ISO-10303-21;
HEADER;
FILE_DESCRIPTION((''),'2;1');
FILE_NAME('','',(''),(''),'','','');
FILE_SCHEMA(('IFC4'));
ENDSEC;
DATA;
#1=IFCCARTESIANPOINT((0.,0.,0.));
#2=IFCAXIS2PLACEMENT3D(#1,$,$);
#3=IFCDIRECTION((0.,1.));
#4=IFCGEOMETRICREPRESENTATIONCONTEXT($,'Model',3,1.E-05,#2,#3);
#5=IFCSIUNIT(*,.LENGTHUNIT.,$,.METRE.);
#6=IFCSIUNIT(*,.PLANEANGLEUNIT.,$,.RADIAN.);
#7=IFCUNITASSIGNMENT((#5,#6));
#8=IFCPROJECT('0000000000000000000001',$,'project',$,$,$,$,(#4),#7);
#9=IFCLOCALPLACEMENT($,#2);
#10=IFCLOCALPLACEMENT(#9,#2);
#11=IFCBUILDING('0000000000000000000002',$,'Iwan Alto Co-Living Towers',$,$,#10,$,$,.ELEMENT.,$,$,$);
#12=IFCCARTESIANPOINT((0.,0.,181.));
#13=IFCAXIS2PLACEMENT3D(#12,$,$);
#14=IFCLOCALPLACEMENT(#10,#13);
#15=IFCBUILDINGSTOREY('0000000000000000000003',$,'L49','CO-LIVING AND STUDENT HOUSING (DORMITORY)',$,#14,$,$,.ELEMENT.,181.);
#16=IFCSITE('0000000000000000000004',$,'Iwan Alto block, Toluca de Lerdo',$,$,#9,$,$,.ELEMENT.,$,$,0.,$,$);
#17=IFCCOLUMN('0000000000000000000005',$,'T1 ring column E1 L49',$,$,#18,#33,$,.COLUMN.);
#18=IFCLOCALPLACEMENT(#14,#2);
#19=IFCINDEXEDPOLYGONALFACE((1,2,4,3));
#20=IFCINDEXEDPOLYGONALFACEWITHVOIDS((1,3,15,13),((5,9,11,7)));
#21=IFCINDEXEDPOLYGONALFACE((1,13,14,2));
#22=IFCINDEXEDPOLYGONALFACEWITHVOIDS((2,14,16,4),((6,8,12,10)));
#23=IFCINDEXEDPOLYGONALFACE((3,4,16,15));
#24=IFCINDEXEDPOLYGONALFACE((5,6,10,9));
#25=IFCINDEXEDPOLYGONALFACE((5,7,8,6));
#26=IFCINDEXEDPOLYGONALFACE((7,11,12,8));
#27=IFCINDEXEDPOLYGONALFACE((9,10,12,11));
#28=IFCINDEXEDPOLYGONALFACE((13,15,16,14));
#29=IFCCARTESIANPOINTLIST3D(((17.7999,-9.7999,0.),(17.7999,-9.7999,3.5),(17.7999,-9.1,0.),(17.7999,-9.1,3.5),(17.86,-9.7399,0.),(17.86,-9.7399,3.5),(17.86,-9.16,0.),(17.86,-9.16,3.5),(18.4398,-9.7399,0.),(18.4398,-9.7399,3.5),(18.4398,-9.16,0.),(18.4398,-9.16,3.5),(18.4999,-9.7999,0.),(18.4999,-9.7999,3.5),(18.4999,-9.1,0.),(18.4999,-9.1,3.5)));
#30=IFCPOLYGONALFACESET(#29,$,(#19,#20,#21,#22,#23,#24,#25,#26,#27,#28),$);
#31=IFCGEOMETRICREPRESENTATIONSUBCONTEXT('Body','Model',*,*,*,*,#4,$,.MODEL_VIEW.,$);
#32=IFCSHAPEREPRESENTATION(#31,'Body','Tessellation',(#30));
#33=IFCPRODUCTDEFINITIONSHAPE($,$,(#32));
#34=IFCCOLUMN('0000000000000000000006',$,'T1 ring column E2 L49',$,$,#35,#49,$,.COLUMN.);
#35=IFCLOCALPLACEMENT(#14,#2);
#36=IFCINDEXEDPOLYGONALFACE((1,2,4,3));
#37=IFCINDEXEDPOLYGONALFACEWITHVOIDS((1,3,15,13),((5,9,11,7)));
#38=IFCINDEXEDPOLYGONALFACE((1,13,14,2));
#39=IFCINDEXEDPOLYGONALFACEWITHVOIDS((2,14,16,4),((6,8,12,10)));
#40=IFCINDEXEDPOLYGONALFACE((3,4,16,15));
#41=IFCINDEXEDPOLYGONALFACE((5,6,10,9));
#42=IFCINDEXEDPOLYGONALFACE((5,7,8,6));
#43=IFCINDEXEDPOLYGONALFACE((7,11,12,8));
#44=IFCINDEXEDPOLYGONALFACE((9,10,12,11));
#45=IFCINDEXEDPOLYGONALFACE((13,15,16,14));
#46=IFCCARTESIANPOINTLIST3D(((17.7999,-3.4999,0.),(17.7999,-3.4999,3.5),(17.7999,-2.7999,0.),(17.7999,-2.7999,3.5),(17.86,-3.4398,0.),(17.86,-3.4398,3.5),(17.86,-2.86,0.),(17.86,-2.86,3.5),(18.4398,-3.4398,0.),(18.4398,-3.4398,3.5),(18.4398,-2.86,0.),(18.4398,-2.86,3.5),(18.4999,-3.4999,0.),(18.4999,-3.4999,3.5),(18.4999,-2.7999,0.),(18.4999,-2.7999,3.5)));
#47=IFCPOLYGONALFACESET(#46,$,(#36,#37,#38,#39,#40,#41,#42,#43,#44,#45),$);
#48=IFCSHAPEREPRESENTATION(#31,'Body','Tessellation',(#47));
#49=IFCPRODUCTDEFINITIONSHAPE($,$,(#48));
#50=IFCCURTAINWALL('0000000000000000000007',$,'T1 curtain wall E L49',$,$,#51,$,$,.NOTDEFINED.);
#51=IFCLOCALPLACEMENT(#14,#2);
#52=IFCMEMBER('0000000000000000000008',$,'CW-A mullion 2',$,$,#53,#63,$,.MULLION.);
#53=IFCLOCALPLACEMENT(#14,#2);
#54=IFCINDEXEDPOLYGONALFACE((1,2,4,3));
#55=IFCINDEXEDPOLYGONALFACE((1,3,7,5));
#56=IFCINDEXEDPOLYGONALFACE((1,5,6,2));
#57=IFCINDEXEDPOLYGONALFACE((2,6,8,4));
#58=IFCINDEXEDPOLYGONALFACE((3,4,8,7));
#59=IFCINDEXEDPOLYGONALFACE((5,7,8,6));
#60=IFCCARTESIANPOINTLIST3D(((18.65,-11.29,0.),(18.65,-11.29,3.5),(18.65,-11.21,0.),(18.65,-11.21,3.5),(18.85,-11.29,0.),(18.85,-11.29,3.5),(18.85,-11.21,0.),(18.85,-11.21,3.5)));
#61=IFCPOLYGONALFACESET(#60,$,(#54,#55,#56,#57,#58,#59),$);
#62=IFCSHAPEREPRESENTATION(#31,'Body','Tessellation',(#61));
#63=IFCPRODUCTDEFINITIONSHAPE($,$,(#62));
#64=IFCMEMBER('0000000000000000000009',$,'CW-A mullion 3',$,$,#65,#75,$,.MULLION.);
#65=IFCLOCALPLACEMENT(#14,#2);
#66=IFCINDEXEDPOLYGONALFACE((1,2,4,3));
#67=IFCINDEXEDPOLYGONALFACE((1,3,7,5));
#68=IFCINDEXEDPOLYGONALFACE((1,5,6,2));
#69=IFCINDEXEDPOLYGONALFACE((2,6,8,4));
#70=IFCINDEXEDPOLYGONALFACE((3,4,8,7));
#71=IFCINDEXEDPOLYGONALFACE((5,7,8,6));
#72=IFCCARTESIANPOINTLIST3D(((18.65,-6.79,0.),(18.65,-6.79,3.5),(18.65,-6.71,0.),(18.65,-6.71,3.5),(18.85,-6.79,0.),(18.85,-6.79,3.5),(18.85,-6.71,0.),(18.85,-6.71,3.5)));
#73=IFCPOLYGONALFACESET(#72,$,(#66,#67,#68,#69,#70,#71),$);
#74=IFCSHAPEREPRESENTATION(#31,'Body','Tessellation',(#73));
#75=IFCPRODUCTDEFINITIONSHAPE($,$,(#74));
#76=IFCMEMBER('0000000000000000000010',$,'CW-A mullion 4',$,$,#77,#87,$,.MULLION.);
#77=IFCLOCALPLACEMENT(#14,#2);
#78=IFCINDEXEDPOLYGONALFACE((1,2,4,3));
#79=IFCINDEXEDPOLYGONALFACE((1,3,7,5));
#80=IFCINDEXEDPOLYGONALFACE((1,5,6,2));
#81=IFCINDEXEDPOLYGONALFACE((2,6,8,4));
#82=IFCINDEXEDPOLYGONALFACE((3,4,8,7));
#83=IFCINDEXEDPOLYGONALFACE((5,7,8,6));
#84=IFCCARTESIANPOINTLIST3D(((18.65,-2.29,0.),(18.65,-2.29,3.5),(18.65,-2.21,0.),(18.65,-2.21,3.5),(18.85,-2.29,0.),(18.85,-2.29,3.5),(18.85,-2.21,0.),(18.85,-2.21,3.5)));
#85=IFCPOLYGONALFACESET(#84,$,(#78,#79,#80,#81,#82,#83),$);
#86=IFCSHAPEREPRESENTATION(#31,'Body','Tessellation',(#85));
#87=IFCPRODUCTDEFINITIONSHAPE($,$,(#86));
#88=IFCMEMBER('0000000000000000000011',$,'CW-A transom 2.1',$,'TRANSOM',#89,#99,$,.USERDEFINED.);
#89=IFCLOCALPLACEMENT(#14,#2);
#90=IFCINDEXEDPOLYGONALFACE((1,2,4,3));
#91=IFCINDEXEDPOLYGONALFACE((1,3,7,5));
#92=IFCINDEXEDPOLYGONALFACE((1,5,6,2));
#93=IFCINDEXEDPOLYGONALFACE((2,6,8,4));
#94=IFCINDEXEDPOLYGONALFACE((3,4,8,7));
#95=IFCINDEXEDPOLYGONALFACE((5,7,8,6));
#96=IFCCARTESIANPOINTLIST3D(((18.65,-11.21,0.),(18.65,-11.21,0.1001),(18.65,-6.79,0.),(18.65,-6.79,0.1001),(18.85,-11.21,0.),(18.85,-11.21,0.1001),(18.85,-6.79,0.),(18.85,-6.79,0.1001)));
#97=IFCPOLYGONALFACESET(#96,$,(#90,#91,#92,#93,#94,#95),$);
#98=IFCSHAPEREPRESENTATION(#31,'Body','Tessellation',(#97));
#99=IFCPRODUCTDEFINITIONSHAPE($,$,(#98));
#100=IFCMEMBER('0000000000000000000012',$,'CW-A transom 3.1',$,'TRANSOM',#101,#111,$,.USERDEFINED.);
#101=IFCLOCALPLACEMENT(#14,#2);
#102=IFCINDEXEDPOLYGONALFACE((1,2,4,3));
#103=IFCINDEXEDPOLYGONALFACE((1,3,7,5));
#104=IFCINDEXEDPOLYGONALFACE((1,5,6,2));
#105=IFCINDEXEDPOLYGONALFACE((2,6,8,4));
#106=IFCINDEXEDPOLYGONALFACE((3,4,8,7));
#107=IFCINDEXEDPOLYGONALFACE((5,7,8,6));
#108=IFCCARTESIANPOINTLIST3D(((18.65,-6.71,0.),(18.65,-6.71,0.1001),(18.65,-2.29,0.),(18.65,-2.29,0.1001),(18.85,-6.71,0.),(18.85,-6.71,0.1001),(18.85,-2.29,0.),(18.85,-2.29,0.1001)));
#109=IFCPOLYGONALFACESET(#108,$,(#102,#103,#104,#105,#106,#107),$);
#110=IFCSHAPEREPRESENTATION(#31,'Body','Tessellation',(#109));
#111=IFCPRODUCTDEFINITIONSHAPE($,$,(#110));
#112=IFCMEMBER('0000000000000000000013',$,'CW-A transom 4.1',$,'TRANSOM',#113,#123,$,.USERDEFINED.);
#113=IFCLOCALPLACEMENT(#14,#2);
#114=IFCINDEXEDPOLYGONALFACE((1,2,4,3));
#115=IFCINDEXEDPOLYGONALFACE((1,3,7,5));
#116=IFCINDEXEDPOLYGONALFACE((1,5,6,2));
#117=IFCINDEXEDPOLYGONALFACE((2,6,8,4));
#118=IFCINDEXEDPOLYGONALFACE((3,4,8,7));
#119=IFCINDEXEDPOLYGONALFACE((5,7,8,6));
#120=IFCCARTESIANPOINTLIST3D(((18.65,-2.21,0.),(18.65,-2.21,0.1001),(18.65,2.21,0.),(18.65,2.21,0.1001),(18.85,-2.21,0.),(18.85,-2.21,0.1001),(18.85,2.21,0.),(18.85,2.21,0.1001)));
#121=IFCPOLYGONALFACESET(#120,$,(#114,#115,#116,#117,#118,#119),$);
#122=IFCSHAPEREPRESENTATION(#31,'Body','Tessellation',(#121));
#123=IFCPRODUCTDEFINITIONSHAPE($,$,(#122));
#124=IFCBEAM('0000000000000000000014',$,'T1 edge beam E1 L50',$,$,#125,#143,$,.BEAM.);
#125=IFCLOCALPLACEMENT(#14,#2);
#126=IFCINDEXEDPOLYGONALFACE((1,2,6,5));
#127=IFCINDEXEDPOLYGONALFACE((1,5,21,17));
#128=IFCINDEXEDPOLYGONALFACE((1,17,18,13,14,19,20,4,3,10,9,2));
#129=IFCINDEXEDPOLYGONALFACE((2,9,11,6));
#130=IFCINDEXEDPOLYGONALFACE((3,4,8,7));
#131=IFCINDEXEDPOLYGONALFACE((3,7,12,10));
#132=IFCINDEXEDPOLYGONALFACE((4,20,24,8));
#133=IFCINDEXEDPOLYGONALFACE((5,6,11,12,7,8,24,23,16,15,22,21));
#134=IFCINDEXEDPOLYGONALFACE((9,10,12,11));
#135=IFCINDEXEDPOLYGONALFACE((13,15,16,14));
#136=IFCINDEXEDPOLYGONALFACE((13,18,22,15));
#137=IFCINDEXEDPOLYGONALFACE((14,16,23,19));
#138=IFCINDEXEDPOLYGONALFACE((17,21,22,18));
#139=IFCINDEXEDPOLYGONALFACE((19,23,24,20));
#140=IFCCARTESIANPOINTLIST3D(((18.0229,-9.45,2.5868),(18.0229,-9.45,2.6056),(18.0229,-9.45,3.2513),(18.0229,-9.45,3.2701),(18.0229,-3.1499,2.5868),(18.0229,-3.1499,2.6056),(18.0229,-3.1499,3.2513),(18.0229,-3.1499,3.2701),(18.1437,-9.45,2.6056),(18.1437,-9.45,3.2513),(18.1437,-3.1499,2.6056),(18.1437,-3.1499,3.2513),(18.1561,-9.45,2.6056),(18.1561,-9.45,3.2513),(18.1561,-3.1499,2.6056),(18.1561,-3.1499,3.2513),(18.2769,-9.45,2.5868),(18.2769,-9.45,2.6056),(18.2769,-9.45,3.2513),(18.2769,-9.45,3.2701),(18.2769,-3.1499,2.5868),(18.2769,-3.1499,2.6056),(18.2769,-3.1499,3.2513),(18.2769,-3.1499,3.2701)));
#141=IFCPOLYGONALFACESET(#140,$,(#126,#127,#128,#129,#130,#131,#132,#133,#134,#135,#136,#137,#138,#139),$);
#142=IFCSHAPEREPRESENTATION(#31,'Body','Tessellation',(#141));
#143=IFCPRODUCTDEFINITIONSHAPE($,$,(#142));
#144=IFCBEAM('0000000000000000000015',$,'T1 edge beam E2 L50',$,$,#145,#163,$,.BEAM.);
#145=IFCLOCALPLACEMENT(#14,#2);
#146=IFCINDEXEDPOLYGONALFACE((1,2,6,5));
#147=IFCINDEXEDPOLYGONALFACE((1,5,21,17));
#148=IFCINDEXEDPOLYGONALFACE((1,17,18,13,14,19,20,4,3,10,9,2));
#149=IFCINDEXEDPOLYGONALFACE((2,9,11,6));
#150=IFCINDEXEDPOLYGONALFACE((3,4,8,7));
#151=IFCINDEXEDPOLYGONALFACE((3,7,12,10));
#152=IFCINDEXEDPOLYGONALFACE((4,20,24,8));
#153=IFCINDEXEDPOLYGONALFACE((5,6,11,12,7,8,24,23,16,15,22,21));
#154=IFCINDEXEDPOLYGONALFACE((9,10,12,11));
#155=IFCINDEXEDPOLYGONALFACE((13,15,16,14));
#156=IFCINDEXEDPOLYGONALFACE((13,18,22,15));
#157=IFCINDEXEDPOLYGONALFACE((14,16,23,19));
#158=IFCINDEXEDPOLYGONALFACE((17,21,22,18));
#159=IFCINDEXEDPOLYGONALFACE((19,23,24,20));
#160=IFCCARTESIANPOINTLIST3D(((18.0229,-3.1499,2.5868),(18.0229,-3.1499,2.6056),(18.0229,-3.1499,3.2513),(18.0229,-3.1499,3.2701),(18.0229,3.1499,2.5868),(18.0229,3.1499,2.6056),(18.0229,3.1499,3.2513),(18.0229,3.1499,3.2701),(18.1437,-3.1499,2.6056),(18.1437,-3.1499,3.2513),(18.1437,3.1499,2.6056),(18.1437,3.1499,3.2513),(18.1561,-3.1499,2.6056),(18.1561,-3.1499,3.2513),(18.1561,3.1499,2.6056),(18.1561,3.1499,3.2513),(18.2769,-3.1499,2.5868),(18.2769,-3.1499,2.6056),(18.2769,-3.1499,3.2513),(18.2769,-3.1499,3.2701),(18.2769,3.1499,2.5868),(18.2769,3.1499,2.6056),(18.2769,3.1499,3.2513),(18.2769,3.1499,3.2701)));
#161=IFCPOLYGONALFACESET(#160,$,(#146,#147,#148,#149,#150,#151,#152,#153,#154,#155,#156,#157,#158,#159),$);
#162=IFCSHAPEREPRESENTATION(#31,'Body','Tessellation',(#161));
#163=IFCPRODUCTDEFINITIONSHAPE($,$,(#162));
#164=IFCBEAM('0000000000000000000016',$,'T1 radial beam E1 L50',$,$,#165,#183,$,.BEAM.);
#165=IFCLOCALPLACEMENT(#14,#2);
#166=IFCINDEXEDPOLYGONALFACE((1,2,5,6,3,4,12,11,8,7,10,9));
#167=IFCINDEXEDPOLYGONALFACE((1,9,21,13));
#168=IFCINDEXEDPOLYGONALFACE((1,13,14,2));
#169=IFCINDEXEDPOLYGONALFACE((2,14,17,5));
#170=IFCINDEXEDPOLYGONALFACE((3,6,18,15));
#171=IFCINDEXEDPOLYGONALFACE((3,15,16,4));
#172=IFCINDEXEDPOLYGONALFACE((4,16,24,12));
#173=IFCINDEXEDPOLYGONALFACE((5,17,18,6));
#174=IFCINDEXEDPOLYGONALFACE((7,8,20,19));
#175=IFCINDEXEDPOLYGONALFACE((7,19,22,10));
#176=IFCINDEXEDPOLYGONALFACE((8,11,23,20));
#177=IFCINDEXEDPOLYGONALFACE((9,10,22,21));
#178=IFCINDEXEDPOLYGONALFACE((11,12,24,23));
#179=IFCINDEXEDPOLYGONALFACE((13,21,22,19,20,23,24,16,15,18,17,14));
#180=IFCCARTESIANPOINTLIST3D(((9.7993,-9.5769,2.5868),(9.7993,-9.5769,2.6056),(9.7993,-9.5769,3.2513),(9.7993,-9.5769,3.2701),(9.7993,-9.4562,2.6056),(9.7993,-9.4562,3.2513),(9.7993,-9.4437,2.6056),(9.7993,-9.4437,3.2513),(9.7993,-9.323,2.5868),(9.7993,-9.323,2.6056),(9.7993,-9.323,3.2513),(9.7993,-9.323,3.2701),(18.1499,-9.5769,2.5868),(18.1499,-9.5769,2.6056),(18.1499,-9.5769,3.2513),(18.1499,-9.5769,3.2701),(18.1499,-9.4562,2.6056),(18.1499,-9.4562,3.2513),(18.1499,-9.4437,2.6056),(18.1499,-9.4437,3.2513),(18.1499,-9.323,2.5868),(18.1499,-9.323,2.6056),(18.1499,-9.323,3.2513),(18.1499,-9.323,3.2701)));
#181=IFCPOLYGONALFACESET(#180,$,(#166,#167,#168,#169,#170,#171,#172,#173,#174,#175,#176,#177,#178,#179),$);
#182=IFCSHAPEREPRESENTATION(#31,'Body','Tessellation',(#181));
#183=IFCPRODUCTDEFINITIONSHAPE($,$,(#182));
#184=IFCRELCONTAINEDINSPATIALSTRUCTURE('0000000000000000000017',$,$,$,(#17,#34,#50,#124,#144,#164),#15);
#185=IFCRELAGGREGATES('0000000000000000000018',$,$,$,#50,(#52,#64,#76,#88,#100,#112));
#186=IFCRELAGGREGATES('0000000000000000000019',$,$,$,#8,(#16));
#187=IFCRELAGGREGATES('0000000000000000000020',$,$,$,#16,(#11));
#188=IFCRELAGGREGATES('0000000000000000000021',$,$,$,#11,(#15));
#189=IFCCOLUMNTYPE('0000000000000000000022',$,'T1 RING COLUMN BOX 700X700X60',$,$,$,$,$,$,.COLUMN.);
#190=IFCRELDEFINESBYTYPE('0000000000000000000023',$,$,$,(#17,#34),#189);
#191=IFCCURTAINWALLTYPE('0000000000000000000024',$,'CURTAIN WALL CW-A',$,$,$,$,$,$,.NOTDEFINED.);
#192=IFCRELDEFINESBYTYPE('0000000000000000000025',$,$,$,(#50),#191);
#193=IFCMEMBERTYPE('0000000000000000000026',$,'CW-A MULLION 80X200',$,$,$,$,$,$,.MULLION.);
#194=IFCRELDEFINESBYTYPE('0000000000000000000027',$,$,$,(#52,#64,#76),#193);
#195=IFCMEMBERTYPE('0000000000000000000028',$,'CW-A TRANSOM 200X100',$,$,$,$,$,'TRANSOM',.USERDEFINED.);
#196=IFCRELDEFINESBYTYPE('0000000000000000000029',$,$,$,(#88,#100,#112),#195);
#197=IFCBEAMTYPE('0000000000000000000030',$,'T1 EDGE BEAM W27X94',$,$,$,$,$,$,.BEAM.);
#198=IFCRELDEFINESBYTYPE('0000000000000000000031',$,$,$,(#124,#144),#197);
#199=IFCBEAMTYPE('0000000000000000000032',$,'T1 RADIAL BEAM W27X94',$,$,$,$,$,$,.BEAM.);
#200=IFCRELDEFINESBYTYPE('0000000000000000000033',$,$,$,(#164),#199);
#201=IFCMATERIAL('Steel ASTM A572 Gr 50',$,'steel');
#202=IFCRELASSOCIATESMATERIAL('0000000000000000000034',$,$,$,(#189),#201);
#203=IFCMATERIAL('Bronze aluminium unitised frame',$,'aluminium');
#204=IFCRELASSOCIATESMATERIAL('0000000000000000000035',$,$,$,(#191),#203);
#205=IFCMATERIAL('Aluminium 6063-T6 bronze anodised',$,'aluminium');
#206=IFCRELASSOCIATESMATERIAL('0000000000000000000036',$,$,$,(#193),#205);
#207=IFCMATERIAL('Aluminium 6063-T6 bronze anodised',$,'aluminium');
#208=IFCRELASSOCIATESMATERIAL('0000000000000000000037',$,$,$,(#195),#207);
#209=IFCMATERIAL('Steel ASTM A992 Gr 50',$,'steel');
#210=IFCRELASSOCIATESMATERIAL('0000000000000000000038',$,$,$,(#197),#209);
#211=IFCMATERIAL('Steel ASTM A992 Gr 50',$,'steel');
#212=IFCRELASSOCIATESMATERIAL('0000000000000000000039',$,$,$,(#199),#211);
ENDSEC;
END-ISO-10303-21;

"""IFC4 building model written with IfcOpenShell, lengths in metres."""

from ifc_helpers import new_model, si_unit, direction, frame, origin, origin_2d, place, context, subcontext, project, spatial, rectangle, hollow_rectangle, i_section, extrude, material, material_profile, profile_set, type_object, element, aggregate, save


model = new_model("IFC4")

# Units and contexts
model_context = context("Model", 3, precision=1e-05, world=origin(), true_north=direction((0.0, 1.0)))
body_context = subcontext(model_context, "Body", "Model", "MODEL_VIEW")
ifc_project = project(units=[si_unit("LENGTHUNIT", "METRE"), si_unit("PLANEANGLEUNIT", "RADIAN")], contexts=[model_context])

# Site, building, storey
site_placement = place(None, origin())
site = spatial("IfcSite", under=ifc_project, at=site_placement, Name="Iwan Alto block, Toluca de Lerdo", CompositionType="ELEMENT", RefElevation=0.0)
building_placement = place(site_placement, origin())
building = spatial("IfcBuilding", under=site, at=building_placement, Name="Iwan Alto Co-Living Towers", CompositionType="ELEMENT")
storey_placement = place(building_placement, frame((0.0, 0.0, 181.0)))
storey = spatial("IfcBuildingStorey", under=building, at=storey_placement, Name="L49", Description="CO-LIVING AND STUDENT HOUSING (DORMITORY)", CompositionType="ELEMENT", Elevation=181.0)

# Columns
ifc_material_1 = material(Name="Steel ASTM A572 Gr 50", Category="steel")
ifc_material_profile_1 = material_profile(ifc_material_1, hollow_rectangle(XDim=0.7, YDim=0.7, WallThickness=0.0601, at=origin_2d()), Name="BOX 700X700X60")
ifc_profile_set_1 = profile_set([ifc_material_profile_1], Name="Steel ASTM A572 Gr 50")
column_type = type_object("IfcColumnType", Name="T1 RING COLUMN BOX 700X700X60", PredefinedType="COLUMN", material=ifc_profile_set_1)
for number, where, z_axis, x_axis, name in (
    (1, (18.1499, -9.45, 0.0), (0.0, 0.0, 1.0), (1.0, 0.0, 0.0), "T1 ring column E1 L49"),
    (2, (18.1499, -3.1499, 0.0), (0.0, 0.0, 1.0), (1.0, 0.0, 0.0), "T1 ring column E2 L49"),
):
    element("IfcColumn", number, at=place(storey_placement, frame(where, z_axis=z_axis, x_axis=x_axis)), inside=storey, type_object=column_type, Name=name, PredefinedType="COLUMN", context=body_context, shape_type="SweptSolid", body=[
        extrude(hollow_rectangle(XDim=0.7, YDim=0.7, WallThickness=0.0601, at=origin_2d()), origin(), (0.0, 0.0, 1.0), 3.5),
    ])

# Curtain wall, members
ifc_material_2 = material(Name="Bronze aluminium unitised frame", Category="aluminium")
curtain_wall_type = type_object("IfcCurtainWallType", Name="CURTAIN WALL CW-A", PredefinedType="NOTDEFINED", material=ifc_material_2)
curtain_wall_placement = place(storey_placement, origin())
curtain_wall = element("IfcCurtainWall", 3, at=curtain_wall_placement, inside=storey, type_object=curtain_wall_type, Name="T1 curtain wall E L49", PredefinedType="NOTDEFINED")
ifc_material_3 = material(Name="Aluminium 6063-T6 bronze anodised", Category="aluminium")
ifc_material_profile_2 = material_profile(ifc_material_3, rectangle(XDim=0.2, YDim=0.0801, at=origin_2d()), Name="AL 80X200")
ifc_profile_set_2 = profile_set([ifc_material_profile_2], Name="Aluminium 6063-T6 bronze anodised")
member_type_1 = type_object("IfcMemberType", Name="CW-A MULLION 80X200", PredefinedType="MULLION", material=ifc_profile_set_2)
member_1_placement = place(storey_placement, frame((18.75, -11.25, 0.0), z_axis=(0.0, 0.0, 1.0), x_axis=(-1.0, 0.0, 0.0)))
member_1 = element("IfcMember", 4, at=member_1_placement, type_object=member_type_1, Name="CW-A mullion 2", PredefinedType="MULLION", context=body_context, shape_type="SweptSolid", body=[
    extrude(rectangle(XDim=0.2, YDim=0.0801, at=origin_2d()), origin(), (0.0, 0.0, 1.0), 3.5),
])
member_2_placement = place(storey_placement, frame((18.75, -6.75, 0.0), z_axis=(0.0, 0.0, 1.0), x_axis=(-1.0, 0.0, 0.0)))
member_2 = element("IfcMember", 5, at=member_2_placement, type_object=member_type_1, Name="CW-A mullion 3", PredefinedType="MULLION", context=body_context, shape_type="SweptSolid", body=[
    extrude(rectangle(XDim=0.2, YDim=0.0801, at=origin_2d()), origin(), (0.0, 0.0, 1.0), 3.5),
])
member_3_placement = place(storey_placement, frame((18.75, -2.25, 0.0), z_axis=(0.0, 0.0, 1.0), x_axis=(-1.0, 0.0, 0.0)))
member_3 = element("IfcMember", 6, at=member_3_placement, type_object=member_type_1, Name="CW-A mullion 4", PredefinedType="MULLION", context=body_context, shape_type="SweptSolid", body=[
    extrude(rectangle(XDim=0.2, YDim=0.0801, at=origin_2d()), origin(), (0.0, 0.0, 1.0), 3.5),
])
ifc_material_4 = material(Name="Aluminium 6063-T6 bronze anodised", Category="aluminium")
ifc_material_profile_3 = material_profile(ifc_material_4, rectangle(XDim=0.2, YDim=0.1001, at=origin_2d()), Name="AL 200X100")
ifc_profile_set_3 = profile_set([ifc_material_profile_3], Name="Aluminium 6063-T6 bronze anodised")
member_type_2 = type_object("IfcMemberType", Name="CW-A TRANSOM 200X100", ElementType="TRANSOM", PredefinedType="USERDEFINED", material=ifc_profile_set_3)
member_4_placement = place(storey_placement, frame((18.75, -11.21, 0.05), z_axis=(0.0, 1.0, 0.0), x_axis=(-1.0, 0.0, 0.0)))
member_4 = element("IfcMember", 7, at=member_4_placement, type_object=member_type_2, Name="CW-A transom 2.1", ObjectType="TRANSOM", PredefinedType="USERDEFINED", context=body_context, shape_type="SweptSolid", body=[
    extrude(rectangle(XDim=0.2, YDim=0.1001, at=origin_2d()), origin(), (0.0, 0.0, 1.0), 4.4199),
])
member_5_placement = place(storey_placement, frame((18.75, -6.71, 0.05), z_axis=(0.0, 1.0, 0.0), x_axis=(-1.0, 0.0, 0.0)))
member_5 = element("IfcMember", 8, at=member_5_placement, type_object=member_type_2, Name="CW-A transom 3.1", ObjectType="TRANSOM", PredefinedType="USERDEFINED", context=body_context, shape_type="SweptSolid", body=[
    extrude(rectangle(XDim=0.2, YDim=0.1001, at=origin_2d()), origin(), (0.0, 0.0, 1.0), 4.4199),
])
member_6_placement = place(storey_placement, frame((18.75, -2.21, 0.05), z_axis=(0.0, 1.0, 0.0), x_axis=(-1.0, 0.0, 0.0)))
member_6 = element("IfcMember", 9, at=member_6_placement, type_object=member_type_2, Name="CW-A transom 4.1", ObjectType="TRANSOM", PredefinedType="USERDEFINED", context=body_context, shape_type="SweptSolid", body=[
    extrude(rectangle(XDim=0.2, YDim=0.1001, at=origin_2d()), origin(), (0.0, 0.0, 1.0), 4.4199),
])

# Beams
ifc_material_5 = material(Name="Steel ASTM A992 Gr 50", Category="steel")
ifc_material_profile_4 = material_profile(ifc_material_5, i_section(OverallWidth=0.2539, OverallDepth=0.6833, WebThickness=0.0125, FlangeThickness=0.0188, at=origin_2d()), Name="W27X94")
ifc_profile_set_4 = profile_set([ifc_material_profile_4], Name="Steel ASTM A992 Gr 50")
beam_type_1 = type_object("IfcBeamType", Name="T1 EDGE BEAM W27X94", PredefinedType="BEAM", material=ifc_profile_set_4)
beam_1_placement = place(storey_placement, frame((18.1499, -9.45, 2.9285), z_axis=(0.0, 1.0, 0.0), x_axis=(-1.0, 0.0, 0.0)))
element("IfcBeam", 10, at=beam_1_placement, inside=storey, type_object=beam_type_1, Name="T1 edge beam E1 L50", PredefinedType="BEAM", context=body_context, shape_type="SweptSolid", body=[
    extrude(i_section(OverallWidth=0.2539, OverallDepth=0.6833, WebThickness=0.0125, FlangeThickness=0.0188, at=origin_2d()), origin(), (0.0, 0.0, 1.0), 6.3),
])
beam_2_placement = place(storey_placement, frame((18.1499, -3.1499, 2.9285), z_axis=(0.0, 1.0, 0.0), x_axis=(-1.0, 0.0, 0.0)))
element("IfcBeam", 11, at=beam_2_placement, inside=storey, type_object=beam_type_1, Name="T1 edge beam E2 L50", PredefinedType="BEAM", context=body_context, shape_type="SweptSolid", body=[
    extrude(i_section(OverallWidth=0.2539, OverallDepth=0.6833, WebThickness=0.0125, FlangeThickness=0.0188, at=origin_2d()), origin(), (0.0, 0.0, 1.0), 6.2998),
])
ifc_material_6 = material(Name="Steel ASTM A992 Gr 50", Category="steel")
ifc_material_profile_5 = material_profile(ifc_material_6, i_section(OverallWidth=0.2539, OverallDepth=0.6833, WebThickness=0.0125, FlangeThickness=0.0188, at=origin_2d()), Name="W27X94")
ifc_profile_set_5 = profile_set([ifc_material_profile_5], Name="Steel ASTM A992 Gr 50")
beam_type_2 = type_object("IfcBeamType", Name="T1 RADIAL BEAM W27X94", PredefinedType="BEAM", material=ifc_profile_set_5)
for number, where, z_axis, x_axis, name in (
    (12, (18.1499, -9.45, 2.9285), (-1.0, 0.0, 0.0), (0.0, -1.0, 0.0), "T1 radial beam E1 L50"),
):
    element("IfcBeam", number, at=place(storey_placement, frame(where, z_axis=z_axis, x_axis=x_axis)), inside=storey, type_object=beam_type_2, Name=name, PredefinedType="BEAM", context=body_context, shape_type="SweptSolid", body=[
        extrude(i_section(OverallWidth=0.2539, OverallDepth=0.6833, WebThickness=0.0125, FlangeThickness=0.0188, at=origin_2d()), origin(), (0.0, 0.0, 1.0), 8.3506),
    ])

aggregate(curtain_wall, [member_1, member_2, member_3, member_4, member_5, member_6])

save(model, "model.ifc")
